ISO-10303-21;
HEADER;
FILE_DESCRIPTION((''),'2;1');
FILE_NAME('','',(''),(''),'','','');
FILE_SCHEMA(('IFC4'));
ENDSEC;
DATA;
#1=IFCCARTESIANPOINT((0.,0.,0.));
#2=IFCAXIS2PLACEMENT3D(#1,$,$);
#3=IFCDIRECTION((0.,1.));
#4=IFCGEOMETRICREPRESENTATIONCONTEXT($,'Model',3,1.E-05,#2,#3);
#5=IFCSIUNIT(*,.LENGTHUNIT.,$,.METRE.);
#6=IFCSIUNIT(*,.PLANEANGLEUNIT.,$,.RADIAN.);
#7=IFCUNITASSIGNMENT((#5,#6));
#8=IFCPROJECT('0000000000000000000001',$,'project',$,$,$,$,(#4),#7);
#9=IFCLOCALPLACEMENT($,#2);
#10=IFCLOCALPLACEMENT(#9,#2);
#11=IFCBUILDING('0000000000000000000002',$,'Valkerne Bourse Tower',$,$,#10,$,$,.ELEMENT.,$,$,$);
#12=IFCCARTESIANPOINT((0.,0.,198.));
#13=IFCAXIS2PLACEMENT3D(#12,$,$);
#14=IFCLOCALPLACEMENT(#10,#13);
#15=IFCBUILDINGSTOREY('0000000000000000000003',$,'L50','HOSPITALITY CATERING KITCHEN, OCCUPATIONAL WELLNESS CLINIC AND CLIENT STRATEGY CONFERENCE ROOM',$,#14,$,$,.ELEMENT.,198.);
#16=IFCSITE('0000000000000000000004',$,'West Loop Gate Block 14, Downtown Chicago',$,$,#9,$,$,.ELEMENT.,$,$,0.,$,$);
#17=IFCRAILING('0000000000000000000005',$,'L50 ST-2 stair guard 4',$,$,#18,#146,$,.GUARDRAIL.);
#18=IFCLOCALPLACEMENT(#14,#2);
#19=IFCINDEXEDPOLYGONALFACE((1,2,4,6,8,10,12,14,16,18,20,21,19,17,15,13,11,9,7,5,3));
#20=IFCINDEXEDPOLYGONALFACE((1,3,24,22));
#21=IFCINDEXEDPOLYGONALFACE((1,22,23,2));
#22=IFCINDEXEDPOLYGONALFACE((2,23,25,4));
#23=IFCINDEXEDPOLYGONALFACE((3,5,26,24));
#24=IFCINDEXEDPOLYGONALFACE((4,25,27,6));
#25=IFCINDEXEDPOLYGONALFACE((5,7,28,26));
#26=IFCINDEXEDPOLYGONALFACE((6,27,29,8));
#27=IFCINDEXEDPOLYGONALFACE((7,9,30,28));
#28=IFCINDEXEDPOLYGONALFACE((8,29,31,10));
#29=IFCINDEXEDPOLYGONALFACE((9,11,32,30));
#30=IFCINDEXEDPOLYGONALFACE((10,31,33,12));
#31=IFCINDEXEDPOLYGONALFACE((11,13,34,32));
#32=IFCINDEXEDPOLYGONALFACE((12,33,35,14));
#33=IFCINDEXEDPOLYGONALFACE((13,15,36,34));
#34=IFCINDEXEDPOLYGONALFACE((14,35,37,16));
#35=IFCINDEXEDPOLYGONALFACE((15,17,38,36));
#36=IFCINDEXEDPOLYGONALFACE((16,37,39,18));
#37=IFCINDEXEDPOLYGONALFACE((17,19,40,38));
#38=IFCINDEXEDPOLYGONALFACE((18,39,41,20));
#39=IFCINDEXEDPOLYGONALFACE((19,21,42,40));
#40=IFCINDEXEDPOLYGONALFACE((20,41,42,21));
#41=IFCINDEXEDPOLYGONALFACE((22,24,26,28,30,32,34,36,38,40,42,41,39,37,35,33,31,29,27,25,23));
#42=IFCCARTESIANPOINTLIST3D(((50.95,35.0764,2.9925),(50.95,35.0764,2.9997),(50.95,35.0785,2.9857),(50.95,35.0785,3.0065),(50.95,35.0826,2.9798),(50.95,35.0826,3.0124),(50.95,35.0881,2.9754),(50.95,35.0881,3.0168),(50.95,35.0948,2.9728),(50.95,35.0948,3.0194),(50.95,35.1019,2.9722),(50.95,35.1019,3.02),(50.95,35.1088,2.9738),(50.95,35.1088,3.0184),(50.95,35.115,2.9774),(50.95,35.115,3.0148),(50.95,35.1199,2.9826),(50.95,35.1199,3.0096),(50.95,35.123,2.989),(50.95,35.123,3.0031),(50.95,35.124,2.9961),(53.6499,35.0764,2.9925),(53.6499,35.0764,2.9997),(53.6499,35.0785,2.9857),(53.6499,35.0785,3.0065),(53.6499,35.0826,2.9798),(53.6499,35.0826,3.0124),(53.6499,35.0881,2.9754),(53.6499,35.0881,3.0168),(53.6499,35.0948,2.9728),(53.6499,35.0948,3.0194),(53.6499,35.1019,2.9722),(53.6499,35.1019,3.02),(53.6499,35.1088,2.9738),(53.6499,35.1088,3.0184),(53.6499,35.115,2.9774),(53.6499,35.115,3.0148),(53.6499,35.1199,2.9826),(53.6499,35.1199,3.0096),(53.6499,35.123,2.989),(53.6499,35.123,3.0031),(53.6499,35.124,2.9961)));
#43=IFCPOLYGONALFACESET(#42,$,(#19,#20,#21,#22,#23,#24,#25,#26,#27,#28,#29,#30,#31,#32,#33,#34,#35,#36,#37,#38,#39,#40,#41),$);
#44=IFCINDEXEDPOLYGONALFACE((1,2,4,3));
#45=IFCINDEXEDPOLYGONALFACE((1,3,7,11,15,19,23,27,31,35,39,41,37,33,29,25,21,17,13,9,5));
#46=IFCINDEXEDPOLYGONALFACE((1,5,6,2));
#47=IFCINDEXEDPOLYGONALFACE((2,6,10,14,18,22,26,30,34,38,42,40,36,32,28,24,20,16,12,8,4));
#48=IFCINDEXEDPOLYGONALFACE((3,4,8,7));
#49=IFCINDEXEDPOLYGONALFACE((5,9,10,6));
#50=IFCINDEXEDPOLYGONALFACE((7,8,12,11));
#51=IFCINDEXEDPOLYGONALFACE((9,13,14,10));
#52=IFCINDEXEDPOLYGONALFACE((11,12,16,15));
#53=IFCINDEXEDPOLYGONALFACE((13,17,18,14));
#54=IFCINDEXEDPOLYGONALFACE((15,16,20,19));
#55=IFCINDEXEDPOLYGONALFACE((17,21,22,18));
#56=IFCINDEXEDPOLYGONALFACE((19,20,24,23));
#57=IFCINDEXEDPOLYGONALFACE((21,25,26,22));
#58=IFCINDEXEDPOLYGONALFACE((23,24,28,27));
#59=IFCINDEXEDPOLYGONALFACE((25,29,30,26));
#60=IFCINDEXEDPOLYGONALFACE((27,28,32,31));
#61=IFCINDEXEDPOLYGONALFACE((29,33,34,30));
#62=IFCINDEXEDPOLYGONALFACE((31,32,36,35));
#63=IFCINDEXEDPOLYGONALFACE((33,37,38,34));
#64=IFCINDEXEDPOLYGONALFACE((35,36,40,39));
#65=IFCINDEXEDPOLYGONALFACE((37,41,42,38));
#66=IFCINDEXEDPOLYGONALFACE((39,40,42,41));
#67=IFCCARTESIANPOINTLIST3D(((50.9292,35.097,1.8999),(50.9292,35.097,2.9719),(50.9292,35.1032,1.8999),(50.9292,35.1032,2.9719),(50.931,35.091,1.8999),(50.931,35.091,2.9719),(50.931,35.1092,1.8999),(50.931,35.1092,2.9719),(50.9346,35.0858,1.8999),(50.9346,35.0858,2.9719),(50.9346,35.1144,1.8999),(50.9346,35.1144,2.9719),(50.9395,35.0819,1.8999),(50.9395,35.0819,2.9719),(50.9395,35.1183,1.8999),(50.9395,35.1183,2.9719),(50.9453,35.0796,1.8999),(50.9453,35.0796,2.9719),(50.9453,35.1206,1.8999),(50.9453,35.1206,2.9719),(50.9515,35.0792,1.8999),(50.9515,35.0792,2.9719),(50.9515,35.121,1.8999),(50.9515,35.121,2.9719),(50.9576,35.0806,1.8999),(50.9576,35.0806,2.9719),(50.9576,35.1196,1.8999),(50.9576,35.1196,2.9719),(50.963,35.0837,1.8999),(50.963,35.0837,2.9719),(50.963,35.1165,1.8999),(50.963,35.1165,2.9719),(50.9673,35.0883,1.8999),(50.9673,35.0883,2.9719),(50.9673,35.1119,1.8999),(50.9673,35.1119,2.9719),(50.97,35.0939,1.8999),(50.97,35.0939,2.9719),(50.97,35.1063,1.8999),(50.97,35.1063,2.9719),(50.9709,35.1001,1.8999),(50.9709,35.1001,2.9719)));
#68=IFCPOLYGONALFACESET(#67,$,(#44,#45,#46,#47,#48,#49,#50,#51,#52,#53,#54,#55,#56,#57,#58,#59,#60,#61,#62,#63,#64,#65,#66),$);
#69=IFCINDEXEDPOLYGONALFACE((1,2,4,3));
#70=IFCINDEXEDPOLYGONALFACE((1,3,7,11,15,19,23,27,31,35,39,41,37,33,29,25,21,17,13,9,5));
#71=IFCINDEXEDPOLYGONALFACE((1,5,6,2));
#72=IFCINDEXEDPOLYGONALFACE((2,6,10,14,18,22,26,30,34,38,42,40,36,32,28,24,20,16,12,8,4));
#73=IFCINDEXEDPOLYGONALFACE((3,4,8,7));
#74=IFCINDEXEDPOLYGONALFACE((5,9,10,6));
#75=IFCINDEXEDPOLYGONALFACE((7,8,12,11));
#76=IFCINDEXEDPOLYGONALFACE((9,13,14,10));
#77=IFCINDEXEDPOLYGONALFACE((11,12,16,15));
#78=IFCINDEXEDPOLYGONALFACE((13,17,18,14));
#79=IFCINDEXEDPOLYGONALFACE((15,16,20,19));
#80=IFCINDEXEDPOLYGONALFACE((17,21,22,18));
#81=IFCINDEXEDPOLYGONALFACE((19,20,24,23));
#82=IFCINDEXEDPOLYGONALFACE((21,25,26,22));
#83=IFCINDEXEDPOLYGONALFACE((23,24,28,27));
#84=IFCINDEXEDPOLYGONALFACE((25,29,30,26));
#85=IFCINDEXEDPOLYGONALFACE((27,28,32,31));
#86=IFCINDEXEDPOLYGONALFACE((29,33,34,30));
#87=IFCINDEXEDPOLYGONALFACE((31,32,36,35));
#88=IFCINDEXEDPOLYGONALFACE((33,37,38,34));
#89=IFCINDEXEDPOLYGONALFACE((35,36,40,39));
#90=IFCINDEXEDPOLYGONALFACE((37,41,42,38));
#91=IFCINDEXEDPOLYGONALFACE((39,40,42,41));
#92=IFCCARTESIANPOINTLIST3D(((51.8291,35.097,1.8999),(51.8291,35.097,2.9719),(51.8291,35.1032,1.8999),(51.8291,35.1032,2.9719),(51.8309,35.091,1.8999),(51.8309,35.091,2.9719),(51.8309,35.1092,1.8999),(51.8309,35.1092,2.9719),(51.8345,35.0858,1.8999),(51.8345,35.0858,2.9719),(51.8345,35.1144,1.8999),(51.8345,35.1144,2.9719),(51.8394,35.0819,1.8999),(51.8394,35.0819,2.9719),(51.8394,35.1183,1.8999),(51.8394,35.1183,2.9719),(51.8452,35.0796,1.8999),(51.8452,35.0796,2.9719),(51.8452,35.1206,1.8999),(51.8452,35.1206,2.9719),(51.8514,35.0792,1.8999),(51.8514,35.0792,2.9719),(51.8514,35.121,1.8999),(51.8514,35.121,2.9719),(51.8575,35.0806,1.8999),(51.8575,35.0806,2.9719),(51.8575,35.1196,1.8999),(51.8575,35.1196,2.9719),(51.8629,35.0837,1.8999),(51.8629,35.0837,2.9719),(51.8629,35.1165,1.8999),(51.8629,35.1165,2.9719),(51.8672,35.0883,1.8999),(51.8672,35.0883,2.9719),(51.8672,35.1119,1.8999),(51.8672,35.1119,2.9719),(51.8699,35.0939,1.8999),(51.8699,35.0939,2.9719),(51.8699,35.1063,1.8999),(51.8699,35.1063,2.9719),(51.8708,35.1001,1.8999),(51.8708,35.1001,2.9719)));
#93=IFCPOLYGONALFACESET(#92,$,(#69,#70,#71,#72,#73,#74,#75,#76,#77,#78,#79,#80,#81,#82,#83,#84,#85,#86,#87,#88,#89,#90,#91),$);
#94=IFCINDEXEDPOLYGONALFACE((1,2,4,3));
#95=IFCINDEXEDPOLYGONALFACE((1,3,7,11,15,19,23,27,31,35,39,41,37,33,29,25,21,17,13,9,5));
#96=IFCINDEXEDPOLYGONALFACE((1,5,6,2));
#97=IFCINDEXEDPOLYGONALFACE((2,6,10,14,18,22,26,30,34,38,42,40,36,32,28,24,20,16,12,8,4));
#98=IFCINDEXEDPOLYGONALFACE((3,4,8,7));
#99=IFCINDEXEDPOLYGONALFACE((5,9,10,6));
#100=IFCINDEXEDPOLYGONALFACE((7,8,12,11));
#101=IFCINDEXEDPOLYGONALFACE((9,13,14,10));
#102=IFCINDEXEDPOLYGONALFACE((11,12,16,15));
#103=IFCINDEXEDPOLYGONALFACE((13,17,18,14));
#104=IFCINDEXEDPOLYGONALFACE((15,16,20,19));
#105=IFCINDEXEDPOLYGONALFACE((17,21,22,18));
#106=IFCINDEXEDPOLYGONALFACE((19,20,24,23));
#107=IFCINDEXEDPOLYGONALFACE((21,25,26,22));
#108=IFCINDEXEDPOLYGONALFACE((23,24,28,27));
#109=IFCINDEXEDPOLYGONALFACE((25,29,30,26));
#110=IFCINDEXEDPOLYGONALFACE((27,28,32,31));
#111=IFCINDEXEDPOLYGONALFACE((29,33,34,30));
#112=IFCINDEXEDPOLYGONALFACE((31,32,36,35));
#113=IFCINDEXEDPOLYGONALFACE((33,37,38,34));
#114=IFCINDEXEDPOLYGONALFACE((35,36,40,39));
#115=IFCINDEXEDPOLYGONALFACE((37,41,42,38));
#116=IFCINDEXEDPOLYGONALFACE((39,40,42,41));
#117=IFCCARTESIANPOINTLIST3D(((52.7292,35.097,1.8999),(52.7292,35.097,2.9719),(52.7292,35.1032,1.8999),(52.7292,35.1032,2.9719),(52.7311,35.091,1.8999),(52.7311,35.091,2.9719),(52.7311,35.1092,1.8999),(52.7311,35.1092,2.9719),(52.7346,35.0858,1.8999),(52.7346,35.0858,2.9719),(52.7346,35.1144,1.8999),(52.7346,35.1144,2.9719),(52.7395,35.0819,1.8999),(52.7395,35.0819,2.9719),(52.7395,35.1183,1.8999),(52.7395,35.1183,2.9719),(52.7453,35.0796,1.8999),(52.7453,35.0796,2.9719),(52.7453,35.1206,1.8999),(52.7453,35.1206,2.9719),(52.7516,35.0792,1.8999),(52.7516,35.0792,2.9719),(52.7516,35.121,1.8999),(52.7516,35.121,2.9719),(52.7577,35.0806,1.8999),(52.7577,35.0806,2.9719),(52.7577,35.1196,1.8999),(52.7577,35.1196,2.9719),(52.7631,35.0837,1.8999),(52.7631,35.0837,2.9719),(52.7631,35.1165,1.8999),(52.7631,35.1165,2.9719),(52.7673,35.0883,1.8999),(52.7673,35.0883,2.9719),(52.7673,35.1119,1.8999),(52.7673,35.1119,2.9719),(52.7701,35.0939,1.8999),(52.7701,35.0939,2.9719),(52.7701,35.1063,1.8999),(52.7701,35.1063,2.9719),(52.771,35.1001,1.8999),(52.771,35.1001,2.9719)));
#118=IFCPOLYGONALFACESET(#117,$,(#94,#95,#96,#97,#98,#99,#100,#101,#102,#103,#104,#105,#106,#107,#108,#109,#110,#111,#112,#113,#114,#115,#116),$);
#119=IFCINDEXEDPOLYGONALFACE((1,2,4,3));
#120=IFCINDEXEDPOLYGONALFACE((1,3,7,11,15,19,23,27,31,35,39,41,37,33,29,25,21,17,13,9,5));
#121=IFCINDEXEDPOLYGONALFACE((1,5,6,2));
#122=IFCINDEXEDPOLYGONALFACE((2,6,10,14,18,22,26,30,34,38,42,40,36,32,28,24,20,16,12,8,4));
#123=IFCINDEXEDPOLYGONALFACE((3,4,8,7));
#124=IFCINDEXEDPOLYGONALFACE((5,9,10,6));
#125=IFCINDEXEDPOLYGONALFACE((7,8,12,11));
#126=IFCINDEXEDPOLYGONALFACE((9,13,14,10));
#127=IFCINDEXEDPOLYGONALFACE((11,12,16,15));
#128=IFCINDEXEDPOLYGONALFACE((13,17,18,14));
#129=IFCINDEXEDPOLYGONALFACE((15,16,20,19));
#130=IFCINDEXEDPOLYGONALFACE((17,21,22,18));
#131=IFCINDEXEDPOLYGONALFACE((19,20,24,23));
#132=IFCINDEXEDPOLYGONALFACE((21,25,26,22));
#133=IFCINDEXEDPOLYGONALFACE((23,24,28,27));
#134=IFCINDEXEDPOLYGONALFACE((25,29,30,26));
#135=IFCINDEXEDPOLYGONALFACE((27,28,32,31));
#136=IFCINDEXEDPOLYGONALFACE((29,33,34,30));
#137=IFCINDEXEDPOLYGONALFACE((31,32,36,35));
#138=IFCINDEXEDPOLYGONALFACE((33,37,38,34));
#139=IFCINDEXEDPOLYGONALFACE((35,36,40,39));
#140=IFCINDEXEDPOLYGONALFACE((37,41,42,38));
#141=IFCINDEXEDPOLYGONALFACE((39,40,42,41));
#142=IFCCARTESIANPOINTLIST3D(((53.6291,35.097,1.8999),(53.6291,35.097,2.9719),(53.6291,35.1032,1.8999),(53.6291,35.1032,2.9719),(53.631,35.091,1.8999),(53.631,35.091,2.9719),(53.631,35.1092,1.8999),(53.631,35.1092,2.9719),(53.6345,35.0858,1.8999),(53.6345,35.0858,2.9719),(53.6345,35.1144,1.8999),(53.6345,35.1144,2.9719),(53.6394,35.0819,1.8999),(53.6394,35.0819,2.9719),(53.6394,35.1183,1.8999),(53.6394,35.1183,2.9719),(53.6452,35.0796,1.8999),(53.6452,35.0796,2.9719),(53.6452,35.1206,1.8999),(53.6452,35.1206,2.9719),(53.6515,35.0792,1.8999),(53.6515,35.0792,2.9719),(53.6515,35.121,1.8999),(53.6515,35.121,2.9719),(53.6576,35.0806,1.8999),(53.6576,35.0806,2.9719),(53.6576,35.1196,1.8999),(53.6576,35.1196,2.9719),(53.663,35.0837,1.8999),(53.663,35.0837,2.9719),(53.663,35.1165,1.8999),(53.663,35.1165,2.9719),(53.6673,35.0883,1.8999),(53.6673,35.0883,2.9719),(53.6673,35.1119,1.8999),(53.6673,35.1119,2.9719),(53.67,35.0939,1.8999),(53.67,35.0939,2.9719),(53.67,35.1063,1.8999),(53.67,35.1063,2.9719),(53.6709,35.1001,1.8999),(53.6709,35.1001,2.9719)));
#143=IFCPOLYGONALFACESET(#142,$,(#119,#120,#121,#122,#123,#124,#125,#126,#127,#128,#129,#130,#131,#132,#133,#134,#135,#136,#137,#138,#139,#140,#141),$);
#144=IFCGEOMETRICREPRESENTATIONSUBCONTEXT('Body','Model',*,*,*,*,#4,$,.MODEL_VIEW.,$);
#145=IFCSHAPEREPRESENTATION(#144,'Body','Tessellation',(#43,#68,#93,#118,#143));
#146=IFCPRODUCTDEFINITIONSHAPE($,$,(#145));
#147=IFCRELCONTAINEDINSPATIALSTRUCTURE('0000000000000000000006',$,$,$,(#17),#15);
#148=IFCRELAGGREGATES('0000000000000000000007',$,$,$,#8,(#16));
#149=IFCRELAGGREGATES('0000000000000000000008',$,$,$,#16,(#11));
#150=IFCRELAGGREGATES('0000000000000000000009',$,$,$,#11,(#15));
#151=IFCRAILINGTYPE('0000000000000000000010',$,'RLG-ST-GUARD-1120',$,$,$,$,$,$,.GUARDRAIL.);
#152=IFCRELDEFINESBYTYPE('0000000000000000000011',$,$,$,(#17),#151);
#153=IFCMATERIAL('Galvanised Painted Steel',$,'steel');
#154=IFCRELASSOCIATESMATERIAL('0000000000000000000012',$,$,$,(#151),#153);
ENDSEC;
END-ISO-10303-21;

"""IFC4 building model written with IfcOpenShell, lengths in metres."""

from ifc_helpers import new_model, si_unit, direction, frame, origin, origin_2d, place, context, subcontext, project, spatial, circle, extrude, material, type_object, element, save


model = new_model("IFC4")

# Units and contexts
model_context = context("Model", 3, precision=1e-05, world=origin(), true_north=direction((0.0, 1.0)))
body_context = subcontext(model_context, "Body", "Model", "MODEL_VIEW")
ifc_project = project(units=[si_unit("LENGTHUNIT", "METRE"), si_unit("PLANEANGLEUNIT", "RADIAN")], contexts=[model_context])

# Site, building, storey
site_placement = place(None, origin())
site = spatial("IfcSite", under=ifc_project, at=site_placement, Name="West Loop Gate Block 14, Downtown Chicago", CompositionType="ELEMENT", RefElevation=0.0)
building_placement = place(site_placement, origin())
building = spatial("IfcBuilding", under=site, at=building_placement, Name="Valkerne Bourse Tower", CompositionType="ELEMENT")
storey_placement = place(building_placement, frame((0.0, 0.0, 198.0)))
storey = spatial("IfcBuildingStorey", under=building, at=storey_placement, Name="L50", Description="HOSPITALITY CATERING KITCHEN, OCCUPATIONAL WELLNESS CLINIC AND CLIENT STRATEGY CONFERENCE ROOM", CompositionType="ELEMENT", Elevation=198.0)

# Railing
ifc_material_1 = material(Name="Galvanised Painted Steel", Category="steel")
railing_type_1 = type_object("IfcRailingType", Name="RLG-ST-GUARD-1120", PredefinedType="GUARDRAIL", material=ifc_material_1)
railing_1_placement = place(storey_placement, frame((50.95, 35.1001, 1.8999)))
element("IfcRailing", 1, at=railing_1_placement, inside=storey, type_object=railing_type_1, Name="L50 ST-2 stair guard 4", PredefinedType="GUARDRAIL", context=body_context, shape_type="SweptSolid", body=[
    extrude(circle(Radius=0.0239, at=origin_2d()), frame((0.0, 0.0, 1.0962), z_axis=(1.0, 0.0, 0.0), x_axis=(0.0, 1.0, 0.0)), (0.0, 0.0, 1.0), 2.7),
    extrude(circle(Radius=0.021, at=origin_2d()), origin(), (0.0, 0.0, 1.0), 1.072),
    extrude(circle(Radius=0.021, at=origin_2d()), frame((0.8999, 0.0, 0.0)), (0.0, 0.0, 1.0), 1.072),
    extrude(circle(Radius=0.021, at=origin_2d()), frame((1.8, 0.0, 0.0)), (0.0, 0.0, 1.0), 1.072),
    extrude(circle(Radius=0.021, at=origin_2d()), frame((2.7, 0.0, 0.0)), (0.0, 0.0, 1.0), 1.072),
])

save(model, "model.ifc")
